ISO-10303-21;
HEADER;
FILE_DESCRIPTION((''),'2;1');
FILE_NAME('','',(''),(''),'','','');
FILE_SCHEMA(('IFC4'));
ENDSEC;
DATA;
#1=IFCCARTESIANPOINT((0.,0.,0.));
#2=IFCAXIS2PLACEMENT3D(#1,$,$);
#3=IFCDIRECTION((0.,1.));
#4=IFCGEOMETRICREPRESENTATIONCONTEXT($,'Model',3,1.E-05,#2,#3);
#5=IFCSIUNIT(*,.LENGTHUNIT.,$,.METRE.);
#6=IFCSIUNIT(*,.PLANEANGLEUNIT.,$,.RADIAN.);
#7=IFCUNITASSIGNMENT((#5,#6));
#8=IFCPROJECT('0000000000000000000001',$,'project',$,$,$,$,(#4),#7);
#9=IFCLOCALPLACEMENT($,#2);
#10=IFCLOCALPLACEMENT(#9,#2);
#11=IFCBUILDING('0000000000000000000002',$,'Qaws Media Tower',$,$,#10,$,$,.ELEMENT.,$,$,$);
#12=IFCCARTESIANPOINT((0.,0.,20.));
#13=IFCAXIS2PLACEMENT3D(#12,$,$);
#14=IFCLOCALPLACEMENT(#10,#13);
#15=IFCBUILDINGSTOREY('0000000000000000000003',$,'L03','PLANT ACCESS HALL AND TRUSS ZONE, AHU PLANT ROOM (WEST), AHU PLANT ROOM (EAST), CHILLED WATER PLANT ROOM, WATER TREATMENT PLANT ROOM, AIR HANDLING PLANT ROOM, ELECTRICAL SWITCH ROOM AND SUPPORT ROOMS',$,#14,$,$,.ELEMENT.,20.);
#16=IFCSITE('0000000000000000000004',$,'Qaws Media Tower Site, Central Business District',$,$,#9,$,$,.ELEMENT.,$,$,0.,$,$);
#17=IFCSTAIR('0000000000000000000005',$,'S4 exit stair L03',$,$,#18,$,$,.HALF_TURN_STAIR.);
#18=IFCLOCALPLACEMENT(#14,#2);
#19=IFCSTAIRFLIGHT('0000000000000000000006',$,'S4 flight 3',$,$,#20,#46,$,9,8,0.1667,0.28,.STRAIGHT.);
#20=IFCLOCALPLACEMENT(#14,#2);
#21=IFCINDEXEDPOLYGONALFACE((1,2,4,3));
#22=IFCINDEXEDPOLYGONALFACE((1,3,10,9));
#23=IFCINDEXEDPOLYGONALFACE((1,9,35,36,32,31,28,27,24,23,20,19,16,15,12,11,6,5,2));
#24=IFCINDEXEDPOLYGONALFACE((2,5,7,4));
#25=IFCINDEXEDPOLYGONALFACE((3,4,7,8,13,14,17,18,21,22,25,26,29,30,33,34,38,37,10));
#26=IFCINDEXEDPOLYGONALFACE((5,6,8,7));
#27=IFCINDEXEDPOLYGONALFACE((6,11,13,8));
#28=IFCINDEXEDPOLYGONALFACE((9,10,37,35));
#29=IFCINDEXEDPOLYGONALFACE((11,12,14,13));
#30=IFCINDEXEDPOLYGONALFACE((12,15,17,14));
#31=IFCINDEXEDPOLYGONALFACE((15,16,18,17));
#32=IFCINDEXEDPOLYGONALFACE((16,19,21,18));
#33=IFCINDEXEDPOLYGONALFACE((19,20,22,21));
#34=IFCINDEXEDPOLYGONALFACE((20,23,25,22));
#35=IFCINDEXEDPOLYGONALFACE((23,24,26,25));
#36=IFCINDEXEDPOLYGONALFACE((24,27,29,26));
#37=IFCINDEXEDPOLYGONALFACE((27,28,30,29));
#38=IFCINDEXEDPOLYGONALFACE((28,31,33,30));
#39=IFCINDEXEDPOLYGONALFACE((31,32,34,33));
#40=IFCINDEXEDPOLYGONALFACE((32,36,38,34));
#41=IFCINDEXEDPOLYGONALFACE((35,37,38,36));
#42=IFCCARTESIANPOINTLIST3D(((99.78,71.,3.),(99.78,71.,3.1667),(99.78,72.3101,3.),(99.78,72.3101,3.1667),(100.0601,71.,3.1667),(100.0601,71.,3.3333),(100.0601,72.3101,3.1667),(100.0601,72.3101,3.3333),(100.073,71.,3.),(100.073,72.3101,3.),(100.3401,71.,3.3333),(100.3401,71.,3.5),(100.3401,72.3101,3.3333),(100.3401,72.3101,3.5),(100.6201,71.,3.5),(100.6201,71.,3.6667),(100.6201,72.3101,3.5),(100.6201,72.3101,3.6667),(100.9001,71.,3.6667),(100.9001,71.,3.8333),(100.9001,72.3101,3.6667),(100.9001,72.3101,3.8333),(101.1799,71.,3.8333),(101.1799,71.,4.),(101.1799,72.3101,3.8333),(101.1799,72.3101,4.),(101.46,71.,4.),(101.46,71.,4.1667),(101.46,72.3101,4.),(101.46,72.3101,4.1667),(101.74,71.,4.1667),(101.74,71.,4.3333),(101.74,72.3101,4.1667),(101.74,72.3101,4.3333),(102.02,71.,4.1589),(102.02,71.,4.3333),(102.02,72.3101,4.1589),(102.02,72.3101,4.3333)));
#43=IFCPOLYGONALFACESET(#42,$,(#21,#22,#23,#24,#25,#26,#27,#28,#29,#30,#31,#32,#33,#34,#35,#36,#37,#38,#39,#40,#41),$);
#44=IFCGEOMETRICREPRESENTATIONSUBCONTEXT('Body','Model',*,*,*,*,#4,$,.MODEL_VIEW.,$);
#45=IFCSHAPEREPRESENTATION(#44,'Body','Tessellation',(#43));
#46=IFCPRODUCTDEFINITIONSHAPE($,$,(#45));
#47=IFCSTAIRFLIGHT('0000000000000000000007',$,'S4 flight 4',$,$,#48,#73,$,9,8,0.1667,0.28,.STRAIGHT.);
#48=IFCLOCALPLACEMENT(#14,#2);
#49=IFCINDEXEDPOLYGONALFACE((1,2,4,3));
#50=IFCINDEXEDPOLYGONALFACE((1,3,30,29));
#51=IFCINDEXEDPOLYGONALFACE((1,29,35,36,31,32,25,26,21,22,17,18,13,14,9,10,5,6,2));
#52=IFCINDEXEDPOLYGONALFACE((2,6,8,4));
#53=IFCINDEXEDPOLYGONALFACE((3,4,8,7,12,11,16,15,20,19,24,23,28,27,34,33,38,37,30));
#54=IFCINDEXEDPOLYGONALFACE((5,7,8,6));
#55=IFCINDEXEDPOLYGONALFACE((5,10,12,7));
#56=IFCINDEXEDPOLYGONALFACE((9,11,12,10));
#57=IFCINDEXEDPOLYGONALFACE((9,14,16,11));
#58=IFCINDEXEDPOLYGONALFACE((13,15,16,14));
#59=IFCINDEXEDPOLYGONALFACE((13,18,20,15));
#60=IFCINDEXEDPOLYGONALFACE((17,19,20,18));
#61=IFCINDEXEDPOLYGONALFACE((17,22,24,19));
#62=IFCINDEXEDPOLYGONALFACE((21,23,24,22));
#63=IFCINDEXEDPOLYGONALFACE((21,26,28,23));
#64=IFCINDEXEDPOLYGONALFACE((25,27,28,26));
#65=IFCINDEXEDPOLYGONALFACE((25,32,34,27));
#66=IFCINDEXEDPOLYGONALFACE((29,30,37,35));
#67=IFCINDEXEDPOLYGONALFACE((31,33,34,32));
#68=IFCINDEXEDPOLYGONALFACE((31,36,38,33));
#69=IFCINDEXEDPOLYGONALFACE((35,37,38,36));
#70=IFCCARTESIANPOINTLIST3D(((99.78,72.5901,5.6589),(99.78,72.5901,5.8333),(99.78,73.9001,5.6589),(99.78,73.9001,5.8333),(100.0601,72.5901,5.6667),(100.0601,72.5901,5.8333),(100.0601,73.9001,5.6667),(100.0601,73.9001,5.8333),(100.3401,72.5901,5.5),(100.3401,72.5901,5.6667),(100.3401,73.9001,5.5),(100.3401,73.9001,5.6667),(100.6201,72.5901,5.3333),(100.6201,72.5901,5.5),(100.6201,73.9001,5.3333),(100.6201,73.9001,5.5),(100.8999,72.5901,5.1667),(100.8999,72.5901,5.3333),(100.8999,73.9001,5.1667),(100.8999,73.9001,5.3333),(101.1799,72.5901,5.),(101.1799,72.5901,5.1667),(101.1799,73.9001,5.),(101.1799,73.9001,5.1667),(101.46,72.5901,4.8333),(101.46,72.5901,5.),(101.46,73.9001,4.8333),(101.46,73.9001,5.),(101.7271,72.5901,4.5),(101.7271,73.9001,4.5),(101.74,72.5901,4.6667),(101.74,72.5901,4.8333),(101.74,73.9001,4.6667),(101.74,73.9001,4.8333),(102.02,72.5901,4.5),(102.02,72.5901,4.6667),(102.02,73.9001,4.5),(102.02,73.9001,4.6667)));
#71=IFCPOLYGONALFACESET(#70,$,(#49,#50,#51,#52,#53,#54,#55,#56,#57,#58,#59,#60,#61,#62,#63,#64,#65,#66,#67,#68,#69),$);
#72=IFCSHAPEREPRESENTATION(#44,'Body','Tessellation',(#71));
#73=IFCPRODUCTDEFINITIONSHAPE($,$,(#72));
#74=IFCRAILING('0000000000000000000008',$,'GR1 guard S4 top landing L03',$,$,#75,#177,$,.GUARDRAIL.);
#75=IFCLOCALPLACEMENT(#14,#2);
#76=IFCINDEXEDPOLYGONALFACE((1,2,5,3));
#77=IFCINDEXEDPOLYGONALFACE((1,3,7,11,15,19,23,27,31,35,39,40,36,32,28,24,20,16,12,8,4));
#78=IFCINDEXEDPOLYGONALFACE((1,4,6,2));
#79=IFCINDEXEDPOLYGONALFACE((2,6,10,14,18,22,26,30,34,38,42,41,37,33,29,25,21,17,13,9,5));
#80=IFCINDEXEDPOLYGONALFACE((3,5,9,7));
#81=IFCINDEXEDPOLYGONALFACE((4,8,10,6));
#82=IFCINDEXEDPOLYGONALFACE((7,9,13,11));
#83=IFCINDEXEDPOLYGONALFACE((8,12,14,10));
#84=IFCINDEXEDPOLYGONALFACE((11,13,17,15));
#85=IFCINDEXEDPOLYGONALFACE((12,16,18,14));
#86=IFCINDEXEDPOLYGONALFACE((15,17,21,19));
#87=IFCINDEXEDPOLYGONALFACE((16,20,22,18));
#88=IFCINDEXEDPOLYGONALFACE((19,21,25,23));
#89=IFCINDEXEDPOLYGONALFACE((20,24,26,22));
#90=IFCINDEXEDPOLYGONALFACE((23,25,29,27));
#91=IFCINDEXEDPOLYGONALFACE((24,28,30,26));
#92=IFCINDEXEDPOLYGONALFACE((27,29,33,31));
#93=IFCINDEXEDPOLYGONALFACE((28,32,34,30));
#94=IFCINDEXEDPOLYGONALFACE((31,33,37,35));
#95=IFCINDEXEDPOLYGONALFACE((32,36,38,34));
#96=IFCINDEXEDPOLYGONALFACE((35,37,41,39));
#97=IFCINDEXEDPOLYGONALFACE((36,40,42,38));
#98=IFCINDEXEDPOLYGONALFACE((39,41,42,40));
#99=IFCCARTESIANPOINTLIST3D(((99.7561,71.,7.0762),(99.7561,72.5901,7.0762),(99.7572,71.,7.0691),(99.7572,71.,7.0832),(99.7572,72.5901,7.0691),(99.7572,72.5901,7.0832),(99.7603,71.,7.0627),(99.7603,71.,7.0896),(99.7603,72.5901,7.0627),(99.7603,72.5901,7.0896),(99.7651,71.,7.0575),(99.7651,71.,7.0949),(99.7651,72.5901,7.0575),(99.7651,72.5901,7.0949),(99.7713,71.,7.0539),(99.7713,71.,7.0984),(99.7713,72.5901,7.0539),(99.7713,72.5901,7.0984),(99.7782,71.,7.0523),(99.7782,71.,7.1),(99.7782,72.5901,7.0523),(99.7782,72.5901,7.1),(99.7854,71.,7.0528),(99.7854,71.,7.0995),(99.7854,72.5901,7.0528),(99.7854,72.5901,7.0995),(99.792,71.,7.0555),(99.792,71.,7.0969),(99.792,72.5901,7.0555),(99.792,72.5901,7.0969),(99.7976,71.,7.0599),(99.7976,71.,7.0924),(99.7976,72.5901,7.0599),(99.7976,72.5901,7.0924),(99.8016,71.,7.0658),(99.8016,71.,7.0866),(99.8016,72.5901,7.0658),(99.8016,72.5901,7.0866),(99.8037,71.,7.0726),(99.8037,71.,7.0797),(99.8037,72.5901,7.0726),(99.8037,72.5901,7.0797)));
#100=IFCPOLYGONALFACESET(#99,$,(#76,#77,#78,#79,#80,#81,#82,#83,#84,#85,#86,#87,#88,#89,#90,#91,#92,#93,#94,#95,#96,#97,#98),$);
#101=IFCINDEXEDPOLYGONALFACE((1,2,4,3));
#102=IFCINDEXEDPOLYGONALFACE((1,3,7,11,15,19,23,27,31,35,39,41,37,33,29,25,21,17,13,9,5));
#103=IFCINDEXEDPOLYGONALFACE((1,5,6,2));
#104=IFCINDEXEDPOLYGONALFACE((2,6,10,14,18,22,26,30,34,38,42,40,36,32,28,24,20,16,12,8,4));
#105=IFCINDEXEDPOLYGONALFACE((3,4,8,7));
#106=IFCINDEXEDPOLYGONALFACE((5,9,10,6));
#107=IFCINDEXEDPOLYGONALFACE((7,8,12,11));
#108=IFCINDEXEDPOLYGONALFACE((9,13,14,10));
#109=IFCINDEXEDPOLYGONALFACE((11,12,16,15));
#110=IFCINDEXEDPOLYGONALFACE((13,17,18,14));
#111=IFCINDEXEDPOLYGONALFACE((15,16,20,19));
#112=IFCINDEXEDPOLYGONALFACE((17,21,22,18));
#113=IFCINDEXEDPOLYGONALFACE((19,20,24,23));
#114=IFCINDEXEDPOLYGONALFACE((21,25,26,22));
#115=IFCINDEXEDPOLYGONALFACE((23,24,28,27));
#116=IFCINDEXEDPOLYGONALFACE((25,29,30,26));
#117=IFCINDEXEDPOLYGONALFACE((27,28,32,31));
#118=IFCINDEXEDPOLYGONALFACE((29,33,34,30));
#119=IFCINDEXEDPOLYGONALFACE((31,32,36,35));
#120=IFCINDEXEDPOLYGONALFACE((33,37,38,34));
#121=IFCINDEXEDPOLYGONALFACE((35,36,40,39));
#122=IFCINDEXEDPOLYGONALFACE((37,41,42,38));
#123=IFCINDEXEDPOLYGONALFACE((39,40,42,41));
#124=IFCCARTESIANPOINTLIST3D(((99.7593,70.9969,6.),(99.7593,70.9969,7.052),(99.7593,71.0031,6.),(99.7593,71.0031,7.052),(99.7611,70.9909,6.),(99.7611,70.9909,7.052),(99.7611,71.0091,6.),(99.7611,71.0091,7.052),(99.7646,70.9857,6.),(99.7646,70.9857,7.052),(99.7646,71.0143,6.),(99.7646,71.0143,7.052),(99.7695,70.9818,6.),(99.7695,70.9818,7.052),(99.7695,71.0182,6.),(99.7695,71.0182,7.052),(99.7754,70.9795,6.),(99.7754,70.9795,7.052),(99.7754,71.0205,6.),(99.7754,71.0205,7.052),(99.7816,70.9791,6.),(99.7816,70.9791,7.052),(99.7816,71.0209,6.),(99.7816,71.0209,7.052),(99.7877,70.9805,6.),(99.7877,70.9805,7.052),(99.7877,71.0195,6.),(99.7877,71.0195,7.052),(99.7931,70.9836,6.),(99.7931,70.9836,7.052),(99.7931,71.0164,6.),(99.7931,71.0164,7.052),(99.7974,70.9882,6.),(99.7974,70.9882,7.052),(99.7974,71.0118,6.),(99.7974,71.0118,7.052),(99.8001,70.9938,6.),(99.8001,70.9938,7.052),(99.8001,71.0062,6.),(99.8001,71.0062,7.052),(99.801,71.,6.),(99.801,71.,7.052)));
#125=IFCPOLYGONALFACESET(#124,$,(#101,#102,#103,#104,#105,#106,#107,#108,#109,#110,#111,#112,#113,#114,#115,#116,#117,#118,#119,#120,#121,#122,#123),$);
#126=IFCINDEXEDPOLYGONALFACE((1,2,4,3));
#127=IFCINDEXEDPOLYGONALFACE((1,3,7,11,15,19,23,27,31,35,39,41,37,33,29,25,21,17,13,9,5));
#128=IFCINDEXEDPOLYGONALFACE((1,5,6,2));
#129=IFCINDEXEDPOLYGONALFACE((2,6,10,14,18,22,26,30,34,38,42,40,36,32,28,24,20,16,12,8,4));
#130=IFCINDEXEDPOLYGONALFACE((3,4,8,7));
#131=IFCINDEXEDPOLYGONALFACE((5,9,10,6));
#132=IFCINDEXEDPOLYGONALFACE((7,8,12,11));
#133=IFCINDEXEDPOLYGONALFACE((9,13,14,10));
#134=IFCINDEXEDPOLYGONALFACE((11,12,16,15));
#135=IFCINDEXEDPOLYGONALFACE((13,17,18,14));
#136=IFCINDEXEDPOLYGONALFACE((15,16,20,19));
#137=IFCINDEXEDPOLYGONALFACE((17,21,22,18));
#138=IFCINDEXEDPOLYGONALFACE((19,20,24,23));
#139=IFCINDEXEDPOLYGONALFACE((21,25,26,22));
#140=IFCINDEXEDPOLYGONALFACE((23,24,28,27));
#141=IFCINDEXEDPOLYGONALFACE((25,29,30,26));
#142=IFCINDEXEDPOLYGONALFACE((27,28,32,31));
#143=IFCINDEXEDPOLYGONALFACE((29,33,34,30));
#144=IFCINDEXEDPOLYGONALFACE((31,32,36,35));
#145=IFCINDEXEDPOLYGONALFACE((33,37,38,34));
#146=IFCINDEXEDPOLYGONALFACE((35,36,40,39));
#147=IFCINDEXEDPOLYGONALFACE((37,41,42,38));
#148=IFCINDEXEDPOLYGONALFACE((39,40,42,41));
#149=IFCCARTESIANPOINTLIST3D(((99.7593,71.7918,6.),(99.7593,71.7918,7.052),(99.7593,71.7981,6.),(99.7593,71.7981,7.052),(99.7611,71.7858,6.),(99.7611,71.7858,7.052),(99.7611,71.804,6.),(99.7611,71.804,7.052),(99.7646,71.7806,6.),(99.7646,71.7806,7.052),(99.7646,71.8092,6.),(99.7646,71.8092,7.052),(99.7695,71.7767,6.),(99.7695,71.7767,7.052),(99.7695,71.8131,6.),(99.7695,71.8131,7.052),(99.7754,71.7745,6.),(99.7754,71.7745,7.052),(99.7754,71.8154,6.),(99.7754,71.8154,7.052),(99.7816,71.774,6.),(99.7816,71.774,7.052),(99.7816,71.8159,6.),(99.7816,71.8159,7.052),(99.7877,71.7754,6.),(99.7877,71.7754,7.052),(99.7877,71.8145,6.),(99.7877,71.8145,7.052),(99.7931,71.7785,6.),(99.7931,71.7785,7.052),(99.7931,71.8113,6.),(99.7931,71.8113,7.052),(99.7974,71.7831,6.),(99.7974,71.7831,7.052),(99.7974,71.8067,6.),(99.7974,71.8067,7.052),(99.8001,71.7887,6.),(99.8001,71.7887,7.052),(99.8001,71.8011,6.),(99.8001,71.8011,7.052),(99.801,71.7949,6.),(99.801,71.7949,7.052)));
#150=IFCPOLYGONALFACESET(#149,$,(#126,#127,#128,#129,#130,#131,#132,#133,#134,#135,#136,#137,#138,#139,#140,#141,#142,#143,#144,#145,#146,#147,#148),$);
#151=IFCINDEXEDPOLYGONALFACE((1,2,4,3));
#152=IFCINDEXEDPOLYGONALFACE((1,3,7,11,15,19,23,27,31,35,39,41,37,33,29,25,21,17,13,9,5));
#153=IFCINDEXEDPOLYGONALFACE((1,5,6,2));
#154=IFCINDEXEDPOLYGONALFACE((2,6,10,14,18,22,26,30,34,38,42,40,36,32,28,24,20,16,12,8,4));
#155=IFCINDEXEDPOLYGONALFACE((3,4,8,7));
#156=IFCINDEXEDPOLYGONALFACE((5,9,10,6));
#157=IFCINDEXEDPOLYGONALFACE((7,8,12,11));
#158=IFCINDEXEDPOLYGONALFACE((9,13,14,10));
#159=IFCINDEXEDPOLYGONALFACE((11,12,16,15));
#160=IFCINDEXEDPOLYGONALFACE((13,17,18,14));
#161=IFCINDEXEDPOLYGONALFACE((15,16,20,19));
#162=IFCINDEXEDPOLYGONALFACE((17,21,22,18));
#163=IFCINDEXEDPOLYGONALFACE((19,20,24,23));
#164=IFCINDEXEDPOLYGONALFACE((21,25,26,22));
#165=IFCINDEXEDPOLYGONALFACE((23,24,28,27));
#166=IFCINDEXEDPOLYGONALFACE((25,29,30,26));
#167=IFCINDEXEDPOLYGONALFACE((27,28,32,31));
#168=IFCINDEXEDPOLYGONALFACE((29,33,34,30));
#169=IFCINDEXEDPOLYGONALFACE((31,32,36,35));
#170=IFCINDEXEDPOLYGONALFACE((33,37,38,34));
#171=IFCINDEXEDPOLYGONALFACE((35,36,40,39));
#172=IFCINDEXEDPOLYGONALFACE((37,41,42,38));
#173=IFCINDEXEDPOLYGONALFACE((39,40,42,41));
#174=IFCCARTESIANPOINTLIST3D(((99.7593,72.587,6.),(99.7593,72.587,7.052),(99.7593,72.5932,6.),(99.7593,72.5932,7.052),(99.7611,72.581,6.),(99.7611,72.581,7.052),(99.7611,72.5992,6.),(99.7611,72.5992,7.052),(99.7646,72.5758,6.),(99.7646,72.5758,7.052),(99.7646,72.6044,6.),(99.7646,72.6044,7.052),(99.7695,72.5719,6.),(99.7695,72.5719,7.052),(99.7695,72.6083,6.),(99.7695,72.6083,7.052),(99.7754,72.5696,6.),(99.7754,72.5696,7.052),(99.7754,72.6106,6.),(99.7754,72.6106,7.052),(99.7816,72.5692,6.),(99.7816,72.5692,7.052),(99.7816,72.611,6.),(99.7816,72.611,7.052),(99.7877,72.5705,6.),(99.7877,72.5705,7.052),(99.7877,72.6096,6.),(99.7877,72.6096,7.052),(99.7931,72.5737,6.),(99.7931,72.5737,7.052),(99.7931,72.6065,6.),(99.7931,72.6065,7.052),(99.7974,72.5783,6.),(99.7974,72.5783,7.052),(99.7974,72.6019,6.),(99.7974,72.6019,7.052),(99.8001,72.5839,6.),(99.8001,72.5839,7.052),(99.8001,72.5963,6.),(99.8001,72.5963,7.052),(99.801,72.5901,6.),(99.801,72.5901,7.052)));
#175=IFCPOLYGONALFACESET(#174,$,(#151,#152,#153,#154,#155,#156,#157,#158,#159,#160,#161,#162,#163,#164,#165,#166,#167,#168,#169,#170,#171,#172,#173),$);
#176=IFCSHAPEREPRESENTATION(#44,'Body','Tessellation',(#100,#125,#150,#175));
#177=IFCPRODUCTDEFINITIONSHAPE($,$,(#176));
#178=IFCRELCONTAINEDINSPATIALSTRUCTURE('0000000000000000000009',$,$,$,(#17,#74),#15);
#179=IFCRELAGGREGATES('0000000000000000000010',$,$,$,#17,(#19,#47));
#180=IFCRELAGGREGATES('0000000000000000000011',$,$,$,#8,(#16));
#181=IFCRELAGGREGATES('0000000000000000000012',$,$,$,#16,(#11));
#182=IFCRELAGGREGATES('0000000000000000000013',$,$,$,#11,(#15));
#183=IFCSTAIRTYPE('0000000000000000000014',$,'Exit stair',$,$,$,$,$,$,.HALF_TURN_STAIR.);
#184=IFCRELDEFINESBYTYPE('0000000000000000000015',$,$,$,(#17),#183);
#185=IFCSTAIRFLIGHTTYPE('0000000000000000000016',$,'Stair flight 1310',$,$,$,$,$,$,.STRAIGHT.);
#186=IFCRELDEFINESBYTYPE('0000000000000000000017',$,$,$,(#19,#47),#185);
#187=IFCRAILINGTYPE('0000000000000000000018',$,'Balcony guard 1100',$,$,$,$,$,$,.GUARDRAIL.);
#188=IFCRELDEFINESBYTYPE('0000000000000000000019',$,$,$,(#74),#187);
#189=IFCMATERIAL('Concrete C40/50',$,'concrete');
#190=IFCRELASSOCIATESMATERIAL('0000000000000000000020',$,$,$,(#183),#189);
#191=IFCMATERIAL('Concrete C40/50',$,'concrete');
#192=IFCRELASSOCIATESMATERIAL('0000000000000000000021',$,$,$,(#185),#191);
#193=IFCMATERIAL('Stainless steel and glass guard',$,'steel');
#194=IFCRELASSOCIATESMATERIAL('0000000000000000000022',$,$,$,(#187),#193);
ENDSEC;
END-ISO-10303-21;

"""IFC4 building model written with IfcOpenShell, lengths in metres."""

from ifc_helpers import new_model, si_unit, direction, frame, origin, origin_2d, place, context, subcontext, project, spatial, polyline, circle, outline, extrude, material, type_object, element, aggregate, save


model = new_model("IFC4")

# Units and contexts
model_context = context("Model", 3, precision=1e-05, world=origin(), true_north=direction((0.0, 1.0)))
body_context = subcontext(model_context, "Body", "Model", "MODEL_VIEW")
ifc_project = project(units=[si_unit("LENGTHUNIT", "METRE"), si_unit("PLANEANGLEUNIT", "RADIAN")], contexts=[model_context])

# Site, building, storey
site_placement = place(None, origin())
site = spatial("IfcSite", under=ifc_project, at=site_placement, Name="Qaws Media Tower Site, Central Business District", CompositionType="ELEMENT", RefElevation=0.0)
building_placement = place(site_placement, origin())
building = spatial("IfcBuilding", under=site, at=building_placement, Name="Qaws Media Tower", CompositionType="ELEMENT")
storey_placement = place(building_placement, frame((0.0, 0.0, 20.0)))
storey = spatial("IfcBuildingStorey", under=building, at=storey_placement, Name="L03", Description="PLANT ACCESS HALL AND TRUSS ZONE, AHU PLANT ROOM (WEST), AHU PLANT ROOM (EAST), CHILLED WATER PLANT ROOM, WATER TREATMENT PLANT ROOM, AIR HANDLING PLANT ROOM, ELECTRICAL SWITCH ROOM AND SUPPORT ROOMS", CompositionType="ELEMENT", Elevation=20.0)

# Stair, stair flights
ifc_material_1 = material(Name="Concrete C40/50", Category="concrete")
stair_type = type_object("IfcStairType", Name="Exit stair", PredefinedType="HALF_TURN_STAIR", material=ifc_material_1)
stair_placement = place(storey_placement, origin())
stair = element("IfcStair", 1, at=stair_placement, inside=storey, type_object=stair_type, Name="S4 exit stair L03", PredefinedType="HALF_TURN_STAIR")
ifc_material_2 = material(Name="Concrete C40/50", Category="concrete")
stair_flight_type = type_object("IfcStairFlightType", Name="Stair flight 1310", PredefinedType="STRAIGHT", material=ifc_material_2)
stair_flight_1_placement = place(storey_placement, frame((99.78, 71.655, 3.0), z_axis=(0.0, 0.0, 1.0), x_axis=(1.0, 0.0, 0.0)))
stair_flight_1 = element("IfcStairFlight", 2, at=stair_flight_1_placement, type_object=stair_flight_type, Name="S4 flight 3", NumberOfRisers=9, NumberOfTreads=8, PredefinedType="STRAIGHT", RiserHeight=0.1667, TreadLength=0.28, context=body_context, shape_type="SweptSolid", body=[
    extrude(outline(polyline([(0.0, 0.0), (0.0, 0.1667), (0.28, 0.1667), (0.28, 0.3333), (0.5601, 0.3333), (0.5601, 0.5), (0.8401, 0.5), (0.8401, 0.6667), (1.1201, 0.6667), (1.1201, 0.8333), (1.3999, 0.8333), (1.3999, 1.0), (1.6799, 1.0), (1.6799, 1.1667), (1.96, 1.1667), (1.96, 1.3333), (2.24, 1.3333), (2.24, 1.5), (2.24, 1.1589), (0.293, 0.0), (0.0, 0.0)])), frame((0.0, 0.655, 0.0), z_axis=(0.0, -1.0, 0.0), x_axis=(1.0, 0.0, 0.0)), (0.0, 0.0, 1.0), 1.3101),
])
stair_flight_2_placement = place(storey_placement, frame((102.02, 73.2451, 4.5), z_axis=(0.0, 0.0, 1.0), x_axis=(-1.0, 0.0, 0.0)))
stair_flight_2 = element("IfcStairFlight", 3, at=stair_flight_2_placement, type_object=stair_flight_type, Name="S4 flight 4", NumberOfRisers=9, NumberOfTreads=8, PredefinedType="STRAIGHT", RiserHeight=0.1667, TreadLength=0.28, context=body_context, shape_type="SweptSolid", body=[
    extrude(outline(polyline([(0.0, 0.0), (0.0, 0.1667), (0.28, 0.1667), (0.28, 0.3333), (0.5601, 0.3333), (0.5601, 0.5), (0.8401, 0.5), (0.8401, 0.6667), (1.1201, 0.6667), (1.1201, 0.8333), (1.3999, 0.8333), (1.3999, 1.0), (1.6799, 1.0), (1.6799, 1.1667), (1.96, 1.1667), (1.96, 1.3333), (2.24, 1.3333), (2.24, 1.5), (2.24, 1.1589), (0.293, 0.0), (0.0, 0.0)])), frame((0.0, 0.655, 0.0), z_axis=(0.0, -1.0, 0.0), x_axis=(1.0, 0.0, 0.0)), (0.0, 0.0, 1.0), 1.3101),
])
aggregate(stair, [stair_flight_1, stair_flight_2])

# Railing
ifc_material_3 = material(Name="Stainless steel and glass guard", Category="steel")
railing_type_1 = type_object("IfcRailingType", Name="Balcony guard 1100", PredefinedType="GUARDRAIL", material=ifc_material_3)
railing_placement = place(storey_placement, frame((99.78, 71.0, 6.0)))
element("IfcRailing", 4, at=railing_placement, inside=storey, type_object=railing_type_1, Name="GR1 guard S4 top landing L03", PredefinedType="GUARDRAIL", context=body_context, shape_type="SweptSolid", body=[
    extrude(circle(Radius=0.0239, at=origin_2d()), frame((0.0, 0.0, 1.0762), z_axis=(0.0, 1.0, 0.0), x_axis=(-1.0, 0.0, 0.0)), (0.0, 0.0, 1.0), 1.5901),
    extrude(circle(Radius=0.021, at=origin_2d()), origin(), (0.0, 0.0, 1.0), 1.052),
    extrude(circle(Radius=0.021, at=origin_2d()), frame((0.0, 0.7949, 0.0)), (0.0, 0.0, 1.0), 1.052),
    extrude(circle(Radius=0.021, at=origin_2d()), frame((0.0, 1.5901, 0.0)), (0.0, 0.0, 1.0), 1.052),
])

save(model, "model.ifc")
